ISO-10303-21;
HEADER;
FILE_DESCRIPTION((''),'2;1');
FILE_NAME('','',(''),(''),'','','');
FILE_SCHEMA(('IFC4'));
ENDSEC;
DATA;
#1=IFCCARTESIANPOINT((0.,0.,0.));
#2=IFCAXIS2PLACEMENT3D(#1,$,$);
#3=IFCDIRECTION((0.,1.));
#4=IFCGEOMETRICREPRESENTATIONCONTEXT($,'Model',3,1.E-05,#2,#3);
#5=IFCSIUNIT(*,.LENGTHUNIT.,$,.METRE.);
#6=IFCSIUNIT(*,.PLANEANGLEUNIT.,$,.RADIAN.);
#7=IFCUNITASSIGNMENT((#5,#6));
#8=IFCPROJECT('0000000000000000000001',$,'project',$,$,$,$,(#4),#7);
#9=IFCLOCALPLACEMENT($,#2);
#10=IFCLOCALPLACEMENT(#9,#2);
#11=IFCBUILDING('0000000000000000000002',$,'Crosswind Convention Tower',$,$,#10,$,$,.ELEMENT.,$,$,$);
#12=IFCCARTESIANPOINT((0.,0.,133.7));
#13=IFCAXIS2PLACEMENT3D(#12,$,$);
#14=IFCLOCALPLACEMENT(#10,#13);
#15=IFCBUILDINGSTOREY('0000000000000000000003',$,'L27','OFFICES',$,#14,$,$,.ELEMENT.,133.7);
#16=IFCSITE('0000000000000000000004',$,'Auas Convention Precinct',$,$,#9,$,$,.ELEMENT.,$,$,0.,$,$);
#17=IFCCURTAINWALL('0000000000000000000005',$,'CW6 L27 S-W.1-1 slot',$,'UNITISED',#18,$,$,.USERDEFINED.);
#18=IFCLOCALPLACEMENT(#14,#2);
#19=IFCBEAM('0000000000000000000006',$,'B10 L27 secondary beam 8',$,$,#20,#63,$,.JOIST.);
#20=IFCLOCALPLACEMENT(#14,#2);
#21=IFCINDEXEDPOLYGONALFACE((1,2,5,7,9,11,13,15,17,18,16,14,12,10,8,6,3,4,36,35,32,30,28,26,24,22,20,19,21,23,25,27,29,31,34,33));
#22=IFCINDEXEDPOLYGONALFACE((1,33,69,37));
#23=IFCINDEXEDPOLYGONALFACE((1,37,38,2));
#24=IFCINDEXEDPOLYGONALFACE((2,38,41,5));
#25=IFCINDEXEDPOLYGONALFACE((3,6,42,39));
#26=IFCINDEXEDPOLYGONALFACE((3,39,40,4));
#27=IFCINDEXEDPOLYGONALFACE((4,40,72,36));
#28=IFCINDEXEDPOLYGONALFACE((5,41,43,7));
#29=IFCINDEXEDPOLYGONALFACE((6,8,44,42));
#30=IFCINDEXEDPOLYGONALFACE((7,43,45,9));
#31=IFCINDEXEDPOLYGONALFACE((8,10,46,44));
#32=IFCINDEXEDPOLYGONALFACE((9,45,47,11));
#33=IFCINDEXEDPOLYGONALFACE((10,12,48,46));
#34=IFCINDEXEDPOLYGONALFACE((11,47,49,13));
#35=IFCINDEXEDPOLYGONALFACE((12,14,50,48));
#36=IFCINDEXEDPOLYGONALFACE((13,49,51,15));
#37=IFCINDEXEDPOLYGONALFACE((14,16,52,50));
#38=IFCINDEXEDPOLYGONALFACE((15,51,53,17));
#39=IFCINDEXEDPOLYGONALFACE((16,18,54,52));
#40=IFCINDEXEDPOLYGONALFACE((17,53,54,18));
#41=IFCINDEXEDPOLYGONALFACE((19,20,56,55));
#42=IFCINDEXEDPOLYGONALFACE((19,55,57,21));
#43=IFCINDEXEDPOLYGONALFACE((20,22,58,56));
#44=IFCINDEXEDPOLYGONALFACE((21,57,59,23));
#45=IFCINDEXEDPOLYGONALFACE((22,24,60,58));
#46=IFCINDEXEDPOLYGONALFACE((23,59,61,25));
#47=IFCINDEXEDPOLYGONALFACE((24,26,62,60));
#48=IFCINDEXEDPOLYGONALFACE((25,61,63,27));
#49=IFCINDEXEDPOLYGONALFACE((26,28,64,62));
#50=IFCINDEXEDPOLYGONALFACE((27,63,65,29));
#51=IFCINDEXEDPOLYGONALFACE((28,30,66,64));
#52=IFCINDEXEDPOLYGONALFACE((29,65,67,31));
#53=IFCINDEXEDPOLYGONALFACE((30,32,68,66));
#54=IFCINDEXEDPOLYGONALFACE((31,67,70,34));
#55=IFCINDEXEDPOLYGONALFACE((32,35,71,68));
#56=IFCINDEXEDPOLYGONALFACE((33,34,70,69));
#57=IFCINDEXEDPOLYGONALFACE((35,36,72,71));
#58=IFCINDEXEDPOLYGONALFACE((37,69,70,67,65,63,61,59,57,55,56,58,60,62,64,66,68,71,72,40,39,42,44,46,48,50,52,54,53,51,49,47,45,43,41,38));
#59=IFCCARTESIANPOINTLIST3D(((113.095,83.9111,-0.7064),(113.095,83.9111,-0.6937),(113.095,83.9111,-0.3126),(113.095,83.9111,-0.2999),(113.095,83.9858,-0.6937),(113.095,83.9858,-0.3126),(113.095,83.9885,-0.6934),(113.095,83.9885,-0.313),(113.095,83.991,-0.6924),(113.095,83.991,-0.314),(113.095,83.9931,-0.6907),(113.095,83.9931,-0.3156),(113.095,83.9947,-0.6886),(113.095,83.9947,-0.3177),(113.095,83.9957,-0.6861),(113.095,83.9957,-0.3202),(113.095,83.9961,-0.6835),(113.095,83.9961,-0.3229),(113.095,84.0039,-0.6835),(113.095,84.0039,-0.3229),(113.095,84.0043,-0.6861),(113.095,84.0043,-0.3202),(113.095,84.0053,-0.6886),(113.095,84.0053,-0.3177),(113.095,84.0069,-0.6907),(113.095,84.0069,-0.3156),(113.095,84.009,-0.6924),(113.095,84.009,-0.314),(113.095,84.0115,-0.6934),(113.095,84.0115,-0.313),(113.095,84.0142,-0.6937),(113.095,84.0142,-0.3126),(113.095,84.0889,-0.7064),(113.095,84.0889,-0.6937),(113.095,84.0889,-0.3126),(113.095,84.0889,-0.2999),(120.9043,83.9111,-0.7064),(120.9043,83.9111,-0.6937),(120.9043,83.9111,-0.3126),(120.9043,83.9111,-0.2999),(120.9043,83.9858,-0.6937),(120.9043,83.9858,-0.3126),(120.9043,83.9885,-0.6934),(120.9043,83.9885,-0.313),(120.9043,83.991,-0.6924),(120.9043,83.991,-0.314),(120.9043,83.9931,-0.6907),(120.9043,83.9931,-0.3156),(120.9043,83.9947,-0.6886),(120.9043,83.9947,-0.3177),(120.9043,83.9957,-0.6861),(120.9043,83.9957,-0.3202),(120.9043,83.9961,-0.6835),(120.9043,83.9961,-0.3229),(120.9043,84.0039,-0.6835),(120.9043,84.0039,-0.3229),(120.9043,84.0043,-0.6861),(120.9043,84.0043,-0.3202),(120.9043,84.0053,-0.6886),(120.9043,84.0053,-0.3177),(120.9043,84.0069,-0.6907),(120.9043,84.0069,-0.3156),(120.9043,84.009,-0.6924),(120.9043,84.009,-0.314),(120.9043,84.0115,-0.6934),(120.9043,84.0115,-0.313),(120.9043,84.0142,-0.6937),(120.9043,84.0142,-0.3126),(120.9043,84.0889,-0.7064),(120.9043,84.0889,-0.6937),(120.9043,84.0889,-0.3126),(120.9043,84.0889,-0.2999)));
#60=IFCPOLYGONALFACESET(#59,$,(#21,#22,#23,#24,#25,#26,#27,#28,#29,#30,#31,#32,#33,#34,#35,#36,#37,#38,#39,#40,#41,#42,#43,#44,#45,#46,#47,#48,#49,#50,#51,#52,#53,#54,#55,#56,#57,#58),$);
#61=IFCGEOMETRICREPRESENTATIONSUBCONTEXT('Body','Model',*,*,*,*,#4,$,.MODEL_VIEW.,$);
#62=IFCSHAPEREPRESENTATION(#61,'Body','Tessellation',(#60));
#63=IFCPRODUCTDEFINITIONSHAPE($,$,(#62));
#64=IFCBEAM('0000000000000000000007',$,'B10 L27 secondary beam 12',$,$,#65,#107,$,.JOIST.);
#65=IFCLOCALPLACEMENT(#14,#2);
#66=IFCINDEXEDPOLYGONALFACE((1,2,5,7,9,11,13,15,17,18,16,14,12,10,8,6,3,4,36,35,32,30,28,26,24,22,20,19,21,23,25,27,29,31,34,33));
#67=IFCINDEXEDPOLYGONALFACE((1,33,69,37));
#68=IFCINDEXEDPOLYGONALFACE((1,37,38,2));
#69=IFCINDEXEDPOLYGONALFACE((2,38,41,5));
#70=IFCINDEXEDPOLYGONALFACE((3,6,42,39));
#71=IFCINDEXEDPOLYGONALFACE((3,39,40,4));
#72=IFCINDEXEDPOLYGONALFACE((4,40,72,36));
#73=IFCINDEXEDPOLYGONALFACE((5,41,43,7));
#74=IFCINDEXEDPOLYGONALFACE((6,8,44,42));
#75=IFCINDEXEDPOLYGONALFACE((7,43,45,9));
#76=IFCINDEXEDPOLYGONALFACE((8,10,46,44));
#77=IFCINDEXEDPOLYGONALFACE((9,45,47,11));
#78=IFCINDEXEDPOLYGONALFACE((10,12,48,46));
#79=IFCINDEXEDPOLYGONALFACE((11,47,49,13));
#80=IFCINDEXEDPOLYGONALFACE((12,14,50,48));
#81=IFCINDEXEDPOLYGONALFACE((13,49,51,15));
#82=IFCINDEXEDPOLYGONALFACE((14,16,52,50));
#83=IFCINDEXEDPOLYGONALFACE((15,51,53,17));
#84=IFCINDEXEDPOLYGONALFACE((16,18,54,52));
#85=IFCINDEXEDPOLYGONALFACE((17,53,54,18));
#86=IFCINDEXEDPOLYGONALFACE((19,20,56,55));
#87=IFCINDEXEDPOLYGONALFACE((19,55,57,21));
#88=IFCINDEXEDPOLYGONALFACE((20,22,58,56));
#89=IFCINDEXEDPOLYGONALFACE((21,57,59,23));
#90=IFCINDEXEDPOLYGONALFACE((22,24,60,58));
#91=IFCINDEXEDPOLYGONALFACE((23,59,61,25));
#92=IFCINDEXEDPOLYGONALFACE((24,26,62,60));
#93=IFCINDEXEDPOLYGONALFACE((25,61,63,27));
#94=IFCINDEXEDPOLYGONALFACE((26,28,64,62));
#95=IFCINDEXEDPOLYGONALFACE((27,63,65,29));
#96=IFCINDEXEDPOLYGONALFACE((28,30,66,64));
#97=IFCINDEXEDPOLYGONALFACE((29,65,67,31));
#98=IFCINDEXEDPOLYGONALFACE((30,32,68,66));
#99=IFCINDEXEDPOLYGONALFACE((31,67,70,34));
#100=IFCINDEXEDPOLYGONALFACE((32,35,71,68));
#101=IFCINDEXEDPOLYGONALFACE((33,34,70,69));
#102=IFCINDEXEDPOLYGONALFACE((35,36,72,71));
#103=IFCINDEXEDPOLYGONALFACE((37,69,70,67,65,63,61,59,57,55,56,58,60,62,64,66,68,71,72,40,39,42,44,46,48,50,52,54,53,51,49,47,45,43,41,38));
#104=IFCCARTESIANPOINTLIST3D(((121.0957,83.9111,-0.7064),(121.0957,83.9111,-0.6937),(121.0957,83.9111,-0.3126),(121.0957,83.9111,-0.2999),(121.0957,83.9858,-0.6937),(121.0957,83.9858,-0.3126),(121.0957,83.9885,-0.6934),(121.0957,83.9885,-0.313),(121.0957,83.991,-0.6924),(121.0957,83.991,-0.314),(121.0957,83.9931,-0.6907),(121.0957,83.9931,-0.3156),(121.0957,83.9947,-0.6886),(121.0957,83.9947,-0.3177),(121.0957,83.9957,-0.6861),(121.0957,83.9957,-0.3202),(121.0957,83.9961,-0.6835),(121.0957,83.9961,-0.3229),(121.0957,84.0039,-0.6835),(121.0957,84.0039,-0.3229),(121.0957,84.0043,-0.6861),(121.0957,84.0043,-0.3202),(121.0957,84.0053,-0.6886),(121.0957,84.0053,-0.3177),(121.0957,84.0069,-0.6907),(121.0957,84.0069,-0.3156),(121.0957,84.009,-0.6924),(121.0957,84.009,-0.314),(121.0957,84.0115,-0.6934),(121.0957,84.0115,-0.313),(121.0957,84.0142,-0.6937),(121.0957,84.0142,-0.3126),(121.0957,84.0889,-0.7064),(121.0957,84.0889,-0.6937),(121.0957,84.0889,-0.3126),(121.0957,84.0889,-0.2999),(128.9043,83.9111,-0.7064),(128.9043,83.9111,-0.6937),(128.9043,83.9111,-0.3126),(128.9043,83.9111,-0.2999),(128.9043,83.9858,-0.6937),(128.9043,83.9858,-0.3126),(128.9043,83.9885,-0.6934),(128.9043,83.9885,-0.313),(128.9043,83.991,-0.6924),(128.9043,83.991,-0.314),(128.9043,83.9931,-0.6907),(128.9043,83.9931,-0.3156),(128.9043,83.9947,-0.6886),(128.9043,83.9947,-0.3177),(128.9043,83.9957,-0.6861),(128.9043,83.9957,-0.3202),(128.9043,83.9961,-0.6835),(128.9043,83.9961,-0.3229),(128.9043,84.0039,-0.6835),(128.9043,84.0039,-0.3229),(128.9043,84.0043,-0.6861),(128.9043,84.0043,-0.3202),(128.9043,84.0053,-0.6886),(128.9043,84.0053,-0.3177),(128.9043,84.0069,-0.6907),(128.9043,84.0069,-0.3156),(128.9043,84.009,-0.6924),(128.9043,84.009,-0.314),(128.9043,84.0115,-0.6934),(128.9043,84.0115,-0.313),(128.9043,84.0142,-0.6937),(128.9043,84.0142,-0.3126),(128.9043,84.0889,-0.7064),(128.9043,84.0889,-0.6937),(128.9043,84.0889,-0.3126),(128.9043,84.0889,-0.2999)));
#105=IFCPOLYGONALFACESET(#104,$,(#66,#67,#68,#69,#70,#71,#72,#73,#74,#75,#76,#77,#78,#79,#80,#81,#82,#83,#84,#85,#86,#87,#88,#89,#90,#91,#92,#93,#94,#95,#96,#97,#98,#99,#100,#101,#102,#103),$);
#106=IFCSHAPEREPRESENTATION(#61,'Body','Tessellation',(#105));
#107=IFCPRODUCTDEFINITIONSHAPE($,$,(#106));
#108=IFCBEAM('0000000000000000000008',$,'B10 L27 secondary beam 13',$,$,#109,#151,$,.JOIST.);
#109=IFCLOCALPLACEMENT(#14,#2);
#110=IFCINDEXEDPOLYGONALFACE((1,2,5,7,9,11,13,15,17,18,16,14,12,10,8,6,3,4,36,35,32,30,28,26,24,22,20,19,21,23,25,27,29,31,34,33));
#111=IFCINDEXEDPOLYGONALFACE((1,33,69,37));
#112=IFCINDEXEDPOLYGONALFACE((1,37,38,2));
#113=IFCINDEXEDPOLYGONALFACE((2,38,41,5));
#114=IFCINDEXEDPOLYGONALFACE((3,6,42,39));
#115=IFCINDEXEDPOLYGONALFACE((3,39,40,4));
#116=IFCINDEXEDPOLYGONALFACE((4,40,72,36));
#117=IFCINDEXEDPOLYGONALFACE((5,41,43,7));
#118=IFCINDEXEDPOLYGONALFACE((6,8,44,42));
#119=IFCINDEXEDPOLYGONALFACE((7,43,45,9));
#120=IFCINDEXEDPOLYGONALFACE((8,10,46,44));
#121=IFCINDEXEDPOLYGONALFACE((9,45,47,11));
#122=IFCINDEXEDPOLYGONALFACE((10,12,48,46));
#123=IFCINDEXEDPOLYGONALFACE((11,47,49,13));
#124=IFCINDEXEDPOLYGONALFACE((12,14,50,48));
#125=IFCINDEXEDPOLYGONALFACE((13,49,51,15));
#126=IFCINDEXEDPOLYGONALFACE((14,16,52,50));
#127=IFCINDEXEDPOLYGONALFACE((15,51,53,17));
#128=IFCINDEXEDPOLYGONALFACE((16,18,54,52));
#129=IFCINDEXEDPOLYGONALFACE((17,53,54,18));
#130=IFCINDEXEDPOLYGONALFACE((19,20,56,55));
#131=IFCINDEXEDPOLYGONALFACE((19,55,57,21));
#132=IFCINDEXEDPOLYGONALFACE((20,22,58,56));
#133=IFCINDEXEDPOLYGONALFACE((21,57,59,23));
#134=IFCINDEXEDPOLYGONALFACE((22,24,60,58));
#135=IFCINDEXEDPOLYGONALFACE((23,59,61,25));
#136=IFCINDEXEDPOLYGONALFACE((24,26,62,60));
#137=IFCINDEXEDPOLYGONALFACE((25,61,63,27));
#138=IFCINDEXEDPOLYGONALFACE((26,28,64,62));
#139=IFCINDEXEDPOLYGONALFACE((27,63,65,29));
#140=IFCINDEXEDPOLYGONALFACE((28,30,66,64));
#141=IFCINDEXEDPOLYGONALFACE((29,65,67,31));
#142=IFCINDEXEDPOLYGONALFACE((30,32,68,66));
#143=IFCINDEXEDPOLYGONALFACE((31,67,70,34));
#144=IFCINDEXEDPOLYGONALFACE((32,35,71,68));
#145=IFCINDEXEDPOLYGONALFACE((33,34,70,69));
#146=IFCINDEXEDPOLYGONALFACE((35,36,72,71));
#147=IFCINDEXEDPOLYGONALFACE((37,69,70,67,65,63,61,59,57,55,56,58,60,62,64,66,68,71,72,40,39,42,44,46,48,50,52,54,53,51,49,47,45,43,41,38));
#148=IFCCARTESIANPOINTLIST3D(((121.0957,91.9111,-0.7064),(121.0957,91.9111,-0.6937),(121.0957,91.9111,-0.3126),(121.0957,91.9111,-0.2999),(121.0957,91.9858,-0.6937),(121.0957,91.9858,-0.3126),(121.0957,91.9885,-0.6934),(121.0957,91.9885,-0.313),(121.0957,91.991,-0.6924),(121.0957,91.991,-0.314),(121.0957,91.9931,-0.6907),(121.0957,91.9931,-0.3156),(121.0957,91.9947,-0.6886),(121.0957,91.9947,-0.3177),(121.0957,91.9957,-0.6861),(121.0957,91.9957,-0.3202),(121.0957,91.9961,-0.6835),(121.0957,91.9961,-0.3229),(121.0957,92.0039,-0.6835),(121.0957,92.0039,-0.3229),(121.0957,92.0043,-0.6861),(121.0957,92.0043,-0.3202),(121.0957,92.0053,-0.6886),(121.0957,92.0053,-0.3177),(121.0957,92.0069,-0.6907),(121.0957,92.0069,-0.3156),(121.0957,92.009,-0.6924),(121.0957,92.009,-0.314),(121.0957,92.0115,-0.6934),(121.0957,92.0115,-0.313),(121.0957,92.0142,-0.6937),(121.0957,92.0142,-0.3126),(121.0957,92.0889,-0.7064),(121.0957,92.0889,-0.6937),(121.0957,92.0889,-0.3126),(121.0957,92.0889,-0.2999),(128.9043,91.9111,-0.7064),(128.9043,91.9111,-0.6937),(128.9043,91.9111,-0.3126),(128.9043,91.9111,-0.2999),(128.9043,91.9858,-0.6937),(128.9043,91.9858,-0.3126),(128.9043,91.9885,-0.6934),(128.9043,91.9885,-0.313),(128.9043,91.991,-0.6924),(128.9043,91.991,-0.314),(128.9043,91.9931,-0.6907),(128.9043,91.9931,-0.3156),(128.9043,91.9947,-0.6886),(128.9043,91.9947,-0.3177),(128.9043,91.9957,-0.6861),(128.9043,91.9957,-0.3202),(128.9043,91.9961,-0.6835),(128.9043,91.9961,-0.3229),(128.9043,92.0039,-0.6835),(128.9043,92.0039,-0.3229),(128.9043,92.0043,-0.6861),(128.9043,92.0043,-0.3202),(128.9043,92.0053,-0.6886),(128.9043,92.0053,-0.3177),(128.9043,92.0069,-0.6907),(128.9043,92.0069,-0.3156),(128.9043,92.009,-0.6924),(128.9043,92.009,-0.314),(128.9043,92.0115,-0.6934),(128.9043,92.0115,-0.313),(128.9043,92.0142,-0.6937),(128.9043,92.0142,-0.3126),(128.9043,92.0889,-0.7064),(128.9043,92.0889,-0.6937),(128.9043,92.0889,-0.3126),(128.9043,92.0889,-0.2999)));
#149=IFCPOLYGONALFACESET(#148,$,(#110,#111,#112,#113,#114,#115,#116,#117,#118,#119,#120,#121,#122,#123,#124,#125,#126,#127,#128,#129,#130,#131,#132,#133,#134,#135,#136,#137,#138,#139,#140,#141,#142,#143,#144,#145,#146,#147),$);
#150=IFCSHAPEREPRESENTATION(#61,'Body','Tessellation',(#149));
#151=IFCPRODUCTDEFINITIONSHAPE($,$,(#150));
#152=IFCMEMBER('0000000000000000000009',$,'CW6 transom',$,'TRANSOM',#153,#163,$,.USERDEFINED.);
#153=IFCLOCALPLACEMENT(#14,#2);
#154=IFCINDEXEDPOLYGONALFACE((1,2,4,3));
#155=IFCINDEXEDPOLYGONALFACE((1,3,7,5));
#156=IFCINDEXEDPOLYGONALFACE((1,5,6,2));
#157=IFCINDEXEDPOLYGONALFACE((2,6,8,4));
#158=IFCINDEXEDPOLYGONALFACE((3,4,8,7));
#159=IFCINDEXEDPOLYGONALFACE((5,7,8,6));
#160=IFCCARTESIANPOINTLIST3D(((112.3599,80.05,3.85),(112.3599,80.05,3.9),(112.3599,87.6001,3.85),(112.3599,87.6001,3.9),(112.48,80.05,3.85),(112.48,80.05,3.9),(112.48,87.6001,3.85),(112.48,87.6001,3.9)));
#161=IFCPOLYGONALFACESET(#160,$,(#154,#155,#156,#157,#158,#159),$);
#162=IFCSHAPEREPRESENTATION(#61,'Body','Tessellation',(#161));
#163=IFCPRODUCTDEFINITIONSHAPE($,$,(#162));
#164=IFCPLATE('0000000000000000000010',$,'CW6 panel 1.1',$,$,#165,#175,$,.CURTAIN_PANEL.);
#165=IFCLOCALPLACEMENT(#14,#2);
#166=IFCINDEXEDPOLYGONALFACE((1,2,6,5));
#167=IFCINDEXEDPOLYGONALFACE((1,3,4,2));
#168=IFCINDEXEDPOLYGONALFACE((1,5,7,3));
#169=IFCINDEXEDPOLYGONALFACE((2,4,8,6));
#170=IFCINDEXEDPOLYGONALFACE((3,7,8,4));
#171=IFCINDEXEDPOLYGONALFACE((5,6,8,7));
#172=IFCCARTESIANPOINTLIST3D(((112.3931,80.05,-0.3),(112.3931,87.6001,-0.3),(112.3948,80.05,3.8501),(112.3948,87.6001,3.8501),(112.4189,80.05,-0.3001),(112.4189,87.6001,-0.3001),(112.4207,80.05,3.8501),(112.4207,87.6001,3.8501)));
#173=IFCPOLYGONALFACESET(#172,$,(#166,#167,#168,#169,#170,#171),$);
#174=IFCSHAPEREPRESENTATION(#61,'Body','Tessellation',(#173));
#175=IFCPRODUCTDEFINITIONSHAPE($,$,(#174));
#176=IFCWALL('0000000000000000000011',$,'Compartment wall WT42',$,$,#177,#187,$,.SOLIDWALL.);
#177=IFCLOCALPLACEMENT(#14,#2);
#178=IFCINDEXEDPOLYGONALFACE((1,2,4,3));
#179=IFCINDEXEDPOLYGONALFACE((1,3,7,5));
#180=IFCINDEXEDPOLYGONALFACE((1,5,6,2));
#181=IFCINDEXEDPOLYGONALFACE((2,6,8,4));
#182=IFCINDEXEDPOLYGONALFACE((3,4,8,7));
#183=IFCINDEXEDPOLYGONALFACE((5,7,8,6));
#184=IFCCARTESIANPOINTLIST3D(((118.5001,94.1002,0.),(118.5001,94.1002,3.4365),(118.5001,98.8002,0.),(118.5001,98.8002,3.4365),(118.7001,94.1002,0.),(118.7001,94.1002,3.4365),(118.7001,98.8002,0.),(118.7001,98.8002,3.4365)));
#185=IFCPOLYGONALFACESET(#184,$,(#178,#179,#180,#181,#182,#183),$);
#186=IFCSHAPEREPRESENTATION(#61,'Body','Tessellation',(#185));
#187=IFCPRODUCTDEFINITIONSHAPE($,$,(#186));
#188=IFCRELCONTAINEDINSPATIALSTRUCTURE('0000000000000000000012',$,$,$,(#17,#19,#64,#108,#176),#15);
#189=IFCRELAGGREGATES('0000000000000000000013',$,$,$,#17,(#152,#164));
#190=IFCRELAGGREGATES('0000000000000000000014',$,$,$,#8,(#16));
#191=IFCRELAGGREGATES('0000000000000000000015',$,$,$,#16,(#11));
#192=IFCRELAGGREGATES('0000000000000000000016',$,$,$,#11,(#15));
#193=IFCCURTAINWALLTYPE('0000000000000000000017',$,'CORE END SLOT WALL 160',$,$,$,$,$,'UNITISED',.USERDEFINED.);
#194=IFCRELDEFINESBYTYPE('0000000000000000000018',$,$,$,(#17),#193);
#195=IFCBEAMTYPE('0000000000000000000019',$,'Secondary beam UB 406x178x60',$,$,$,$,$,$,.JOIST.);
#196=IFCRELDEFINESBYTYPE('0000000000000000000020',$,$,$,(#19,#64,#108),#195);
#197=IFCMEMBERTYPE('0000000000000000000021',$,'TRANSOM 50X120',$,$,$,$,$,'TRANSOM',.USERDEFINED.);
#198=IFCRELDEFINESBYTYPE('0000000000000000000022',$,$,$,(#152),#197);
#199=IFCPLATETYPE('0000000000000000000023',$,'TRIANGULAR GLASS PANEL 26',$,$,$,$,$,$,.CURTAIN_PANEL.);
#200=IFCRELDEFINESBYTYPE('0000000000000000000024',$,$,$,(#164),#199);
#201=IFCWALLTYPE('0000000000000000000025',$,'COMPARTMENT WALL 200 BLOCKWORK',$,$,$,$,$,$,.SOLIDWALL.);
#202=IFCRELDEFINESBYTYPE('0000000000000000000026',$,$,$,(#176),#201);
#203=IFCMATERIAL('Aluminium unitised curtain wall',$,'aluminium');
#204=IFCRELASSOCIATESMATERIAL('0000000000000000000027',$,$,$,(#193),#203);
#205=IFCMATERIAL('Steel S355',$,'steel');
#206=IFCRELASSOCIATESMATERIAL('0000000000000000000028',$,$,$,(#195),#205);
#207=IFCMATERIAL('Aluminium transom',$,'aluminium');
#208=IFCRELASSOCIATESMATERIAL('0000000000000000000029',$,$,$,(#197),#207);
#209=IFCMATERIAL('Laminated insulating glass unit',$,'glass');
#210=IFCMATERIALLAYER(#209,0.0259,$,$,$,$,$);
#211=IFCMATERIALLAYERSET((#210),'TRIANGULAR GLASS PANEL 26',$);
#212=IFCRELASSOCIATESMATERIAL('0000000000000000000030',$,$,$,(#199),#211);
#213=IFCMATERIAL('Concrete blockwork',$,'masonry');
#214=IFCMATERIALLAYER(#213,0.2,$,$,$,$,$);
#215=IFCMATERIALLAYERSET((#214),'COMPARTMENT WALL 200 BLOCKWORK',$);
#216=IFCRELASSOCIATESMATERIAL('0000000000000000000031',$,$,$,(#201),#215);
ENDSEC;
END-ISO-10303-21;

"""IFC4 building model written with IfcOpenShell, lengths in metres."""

from ifc_helpers import new_model, si_unit, direction, frame, frame_2d, origin, origin_2d, place, context, subcontext, project, spatial, polyline, rectangle, i_section, outline, extrude, material, layer, layer_set, material_profile, profile_set, type_object, element, aggregate, save


model = new_model("IFC4")

# Units and contexts
model_context = context("Model", 3, precision=1e-05, world=origin(), true_north=direction((0.0, 1.0)))
body_context = subcontext(model_context, "Body", "Model", "MODEL_VIEW")
ifc_project = project(units=[si_unit("LENGTHUNIT", "METRE"), si_unit("PLANEANGLEUNIT", "RADIAN")], contexts=[model_context])

# Site, building, storey
site_placement = place(None, origin())
site = spatial("IfcSite", under=ifc_project, at=site_placement, Name="Auas Convention Precinct", CompositionType="ELEMENT", RefElevation=0.0)
building_placement = place(site_placement, origin())
building = spatial("IfcBuilding", under=site, at=building_placement, Name="Crosswind Convention Tower", CompositionType="ELEMENT")
storey_placement = place(building_placement, frame((0.0, 0.0, 133.7)))
storey = spatial("IfcBuildingStorey", under=building, at=storey_placement, Name="L27", Description="OFFICES", CompositionType="ELEMENT", Elevation=133.7)

# Shared definitions
ifc_material_1 = material(Name="Steel S355", Category="steel")

# Curtain wall
ifc_material_2 = material(Name="Aluminium unitised curtain wall", Category="aluminium")
curtain_wall_type = type_object("IfcCurtainWallType", Name="CORE END SLOT WALL 160", ElementType="UNITISED", PredefinedType="USERDEFINED", material=ifc_material_2)
curtain_wall_placement = place(storey_placement, origin())
curtain_wall = element("IfcCurtainWall", 1, at=curtain_wall_placement, inside=storey, type_object=curtain_wall_type, Name="CW6 L27 S-W.1-1 slot", ObjectType="UNITISED", PredefinedType="USERDEFINED")

# Beams
ifc_material_profile_1 = material_profile(ifc_material_1, i_section(OverallWidth=0.1777, OverallDepth=0.4065, WebThickness=0.0078, FlangeThickness=0.0127, FilletRadius=0.0103, at=origin_2d()), Name="UB 406x178x60")
ifc_profile_set_1 = profile_set([ifc_material_profile_1], Name="Steel S355")
beam_type_1 = type_object("IfcBeamType", Name="Secondary beam UB 406x178x60", PredefinedType="JOIST", material=ifc_profile_set_1)
beam_1_placement = place(storey_placement, frame((113.095, 84.0, -0.5032), z_axis=(1.0, 0.0, 0.0), x_axis=(0.0, 1.0, 0.0)))
element("IfcBeam", 2, at=beam_1_placement, inside=storey, type_object=beam_type_1, Name="B10 L27 secondary beam 8", PredefinedType="JOIST", context=body_context, shape_type="SweptSolid", body=[
    extrude(i_section(OverallWidth=0.1777, OverallDepth=0.4065, WebThickness=0.0078, FlangeThickness=0.0127, FilletRadius=0.0103, at=origin_2d()), origin(), (0.0, 0.0, 1.0), 7.8093),
])
for number, where, z_axis, x_axis, name in (
    (3, (121.0957, 84.0, -0.5032), (1.0, 0.0, 0.0), (0.0, 1.0, 0.0), "B10 L27 secondary beam 12"),
    (4, (121.0957, 92.0, -0.5032), (1.0, 0.0, 0.0), (0.0, 1.0, 0.0), "B10 L27 secondary beam 13"),
):
    element("IfcBeam", number, at=place(storey_placement, frame(where, z_axis=z_axis, x_axis=x_axis)), inside=storey, type_object=beam_type_1, Name=name, PredefinedType="JOIST", context=body_context, shape_type="SweptSolid", body=[
        extrude(i_section(OverallWidth=0.1777, OverallDepth=0.4065, WebThickness=0.0078, FlangeThickness=0.0127, FilletRadius=0.0103, at=origin_2d()), origin(), (0.0, 0.0, 1.0), 7.8086),
    ])

# Member
ifc_material_3 = material(Name="Aluminium transom", Category="aluminium")
ifc_material_profile_2 = material_profile(ifc_material_3, rectangle(XDim=0.1201, YDim=0.05, at=origin_2d()), Name="AL 120X50")
ifc_profile_set_2 = profile_set([ifc_material_profile_2], Name="Aluminium transom")
member_type_1 = type_object("IfcMemberType", Name="TRANSOM 50X120", ElementType="TRANSOM", PredefinedType="USERDEFINED", material=ifc_profile_set_2)
member_1_placement = place(storey_placement, frame((112.4199, 87.6001, 3.875), z_axis=(0.0, -1.0, 0.0), x_axis=(1.0, 0.0, 0.0)))
member_1 = element("IfcMember", 5, at=member_1_placement, type_object=member_type_1, Name="CW6 transom", ObjectType="TRANSOM", PredefinedType="USERDEFINED", context=body_context, shape_type="SweptSolid", body=[
    extrude(rectangle(XDim=0.1201, YDim=0.05, at=origin_2d()), origin(), (0.0, 0.0, 1.0), 7.55),
])

# Plate
ifc_material_4 = material(Name="Laminated insulating glass unit", Category="glass")
ifc_layer_1 = layer(ifc_material_4, 0.0259)
ifc_layer_set_1 = layer_set([ifc_layer_1], Name="TRIANGULAR GLASS PANEL 26")
plate_type = type_object("IfcPlateType", Name="TRIANGULAR GLASS PANEL 26", PredefinedType="CURTAIN_PANEL", material=ifc_layer_set_1)
plate_placement = place(storey_placement, frame((112.3931, 87.6001, -0.3), z_axis=(-1.0, 0.0, 0.000412), x_axis=(0.0, -1.0, 0.0)))
plate = element("IfcPlate", 6, at=plate_placement, type_object=plate_type, Name="CW6 panel 1.1", PredefinedType="CURTAIN_PANEL", context=body_context, shape_type="SweptSolid", body=[
    extrude(outline(polyline([(0.0, 0.0), (7.55, 0.0), (7.55, 4.1501), (0.0, 4.1501), (0.0, 0.0)])), origin(), (0.0, 0.0, -1.0), 0.0259),
])
aggregate(curtain_wall, [member_1, plate])

# Wall
ifc_material_5 = material(Name="Concrete blockwork", Category="masonry")
ifc_layer_2 = layer(ifc_material_5, 0.2)
ifc_layer_set_2 = layer_set([ifc_layer_2], Name="COMPARTMENT WALL 200 BLOCKWORK")
wall_type_1 = type_object("IfcWallType", Name="COMPARTMENT WALL 200 BLOCKWORK", PredefinedType="SOLIDWALL", material=ifc_layer_set_2)
wall_1_placement = place(storey_placement, frame((118.6001, 94.1001, 0.0), z_axis=(0.0, 0.0, 1.0), x_axis=(0.0, 1.0, 0.0)))
element("IfcWall", 7, at=wall_1_placement, inside=storey, type_object=wall_type_1, Name="Compartment wall WT42", PredefinedType="SOLIDWALL", context=body_context, shape_type="SweptSolid", body=[
    extrude(rectangle(XDim=4.7, YDim=0.2, at=frame_2d((2.3501, 0.0))), origin(), (0.0, 0.0, 1.0), 3.4365),
])

save(model, "model.ifc")
